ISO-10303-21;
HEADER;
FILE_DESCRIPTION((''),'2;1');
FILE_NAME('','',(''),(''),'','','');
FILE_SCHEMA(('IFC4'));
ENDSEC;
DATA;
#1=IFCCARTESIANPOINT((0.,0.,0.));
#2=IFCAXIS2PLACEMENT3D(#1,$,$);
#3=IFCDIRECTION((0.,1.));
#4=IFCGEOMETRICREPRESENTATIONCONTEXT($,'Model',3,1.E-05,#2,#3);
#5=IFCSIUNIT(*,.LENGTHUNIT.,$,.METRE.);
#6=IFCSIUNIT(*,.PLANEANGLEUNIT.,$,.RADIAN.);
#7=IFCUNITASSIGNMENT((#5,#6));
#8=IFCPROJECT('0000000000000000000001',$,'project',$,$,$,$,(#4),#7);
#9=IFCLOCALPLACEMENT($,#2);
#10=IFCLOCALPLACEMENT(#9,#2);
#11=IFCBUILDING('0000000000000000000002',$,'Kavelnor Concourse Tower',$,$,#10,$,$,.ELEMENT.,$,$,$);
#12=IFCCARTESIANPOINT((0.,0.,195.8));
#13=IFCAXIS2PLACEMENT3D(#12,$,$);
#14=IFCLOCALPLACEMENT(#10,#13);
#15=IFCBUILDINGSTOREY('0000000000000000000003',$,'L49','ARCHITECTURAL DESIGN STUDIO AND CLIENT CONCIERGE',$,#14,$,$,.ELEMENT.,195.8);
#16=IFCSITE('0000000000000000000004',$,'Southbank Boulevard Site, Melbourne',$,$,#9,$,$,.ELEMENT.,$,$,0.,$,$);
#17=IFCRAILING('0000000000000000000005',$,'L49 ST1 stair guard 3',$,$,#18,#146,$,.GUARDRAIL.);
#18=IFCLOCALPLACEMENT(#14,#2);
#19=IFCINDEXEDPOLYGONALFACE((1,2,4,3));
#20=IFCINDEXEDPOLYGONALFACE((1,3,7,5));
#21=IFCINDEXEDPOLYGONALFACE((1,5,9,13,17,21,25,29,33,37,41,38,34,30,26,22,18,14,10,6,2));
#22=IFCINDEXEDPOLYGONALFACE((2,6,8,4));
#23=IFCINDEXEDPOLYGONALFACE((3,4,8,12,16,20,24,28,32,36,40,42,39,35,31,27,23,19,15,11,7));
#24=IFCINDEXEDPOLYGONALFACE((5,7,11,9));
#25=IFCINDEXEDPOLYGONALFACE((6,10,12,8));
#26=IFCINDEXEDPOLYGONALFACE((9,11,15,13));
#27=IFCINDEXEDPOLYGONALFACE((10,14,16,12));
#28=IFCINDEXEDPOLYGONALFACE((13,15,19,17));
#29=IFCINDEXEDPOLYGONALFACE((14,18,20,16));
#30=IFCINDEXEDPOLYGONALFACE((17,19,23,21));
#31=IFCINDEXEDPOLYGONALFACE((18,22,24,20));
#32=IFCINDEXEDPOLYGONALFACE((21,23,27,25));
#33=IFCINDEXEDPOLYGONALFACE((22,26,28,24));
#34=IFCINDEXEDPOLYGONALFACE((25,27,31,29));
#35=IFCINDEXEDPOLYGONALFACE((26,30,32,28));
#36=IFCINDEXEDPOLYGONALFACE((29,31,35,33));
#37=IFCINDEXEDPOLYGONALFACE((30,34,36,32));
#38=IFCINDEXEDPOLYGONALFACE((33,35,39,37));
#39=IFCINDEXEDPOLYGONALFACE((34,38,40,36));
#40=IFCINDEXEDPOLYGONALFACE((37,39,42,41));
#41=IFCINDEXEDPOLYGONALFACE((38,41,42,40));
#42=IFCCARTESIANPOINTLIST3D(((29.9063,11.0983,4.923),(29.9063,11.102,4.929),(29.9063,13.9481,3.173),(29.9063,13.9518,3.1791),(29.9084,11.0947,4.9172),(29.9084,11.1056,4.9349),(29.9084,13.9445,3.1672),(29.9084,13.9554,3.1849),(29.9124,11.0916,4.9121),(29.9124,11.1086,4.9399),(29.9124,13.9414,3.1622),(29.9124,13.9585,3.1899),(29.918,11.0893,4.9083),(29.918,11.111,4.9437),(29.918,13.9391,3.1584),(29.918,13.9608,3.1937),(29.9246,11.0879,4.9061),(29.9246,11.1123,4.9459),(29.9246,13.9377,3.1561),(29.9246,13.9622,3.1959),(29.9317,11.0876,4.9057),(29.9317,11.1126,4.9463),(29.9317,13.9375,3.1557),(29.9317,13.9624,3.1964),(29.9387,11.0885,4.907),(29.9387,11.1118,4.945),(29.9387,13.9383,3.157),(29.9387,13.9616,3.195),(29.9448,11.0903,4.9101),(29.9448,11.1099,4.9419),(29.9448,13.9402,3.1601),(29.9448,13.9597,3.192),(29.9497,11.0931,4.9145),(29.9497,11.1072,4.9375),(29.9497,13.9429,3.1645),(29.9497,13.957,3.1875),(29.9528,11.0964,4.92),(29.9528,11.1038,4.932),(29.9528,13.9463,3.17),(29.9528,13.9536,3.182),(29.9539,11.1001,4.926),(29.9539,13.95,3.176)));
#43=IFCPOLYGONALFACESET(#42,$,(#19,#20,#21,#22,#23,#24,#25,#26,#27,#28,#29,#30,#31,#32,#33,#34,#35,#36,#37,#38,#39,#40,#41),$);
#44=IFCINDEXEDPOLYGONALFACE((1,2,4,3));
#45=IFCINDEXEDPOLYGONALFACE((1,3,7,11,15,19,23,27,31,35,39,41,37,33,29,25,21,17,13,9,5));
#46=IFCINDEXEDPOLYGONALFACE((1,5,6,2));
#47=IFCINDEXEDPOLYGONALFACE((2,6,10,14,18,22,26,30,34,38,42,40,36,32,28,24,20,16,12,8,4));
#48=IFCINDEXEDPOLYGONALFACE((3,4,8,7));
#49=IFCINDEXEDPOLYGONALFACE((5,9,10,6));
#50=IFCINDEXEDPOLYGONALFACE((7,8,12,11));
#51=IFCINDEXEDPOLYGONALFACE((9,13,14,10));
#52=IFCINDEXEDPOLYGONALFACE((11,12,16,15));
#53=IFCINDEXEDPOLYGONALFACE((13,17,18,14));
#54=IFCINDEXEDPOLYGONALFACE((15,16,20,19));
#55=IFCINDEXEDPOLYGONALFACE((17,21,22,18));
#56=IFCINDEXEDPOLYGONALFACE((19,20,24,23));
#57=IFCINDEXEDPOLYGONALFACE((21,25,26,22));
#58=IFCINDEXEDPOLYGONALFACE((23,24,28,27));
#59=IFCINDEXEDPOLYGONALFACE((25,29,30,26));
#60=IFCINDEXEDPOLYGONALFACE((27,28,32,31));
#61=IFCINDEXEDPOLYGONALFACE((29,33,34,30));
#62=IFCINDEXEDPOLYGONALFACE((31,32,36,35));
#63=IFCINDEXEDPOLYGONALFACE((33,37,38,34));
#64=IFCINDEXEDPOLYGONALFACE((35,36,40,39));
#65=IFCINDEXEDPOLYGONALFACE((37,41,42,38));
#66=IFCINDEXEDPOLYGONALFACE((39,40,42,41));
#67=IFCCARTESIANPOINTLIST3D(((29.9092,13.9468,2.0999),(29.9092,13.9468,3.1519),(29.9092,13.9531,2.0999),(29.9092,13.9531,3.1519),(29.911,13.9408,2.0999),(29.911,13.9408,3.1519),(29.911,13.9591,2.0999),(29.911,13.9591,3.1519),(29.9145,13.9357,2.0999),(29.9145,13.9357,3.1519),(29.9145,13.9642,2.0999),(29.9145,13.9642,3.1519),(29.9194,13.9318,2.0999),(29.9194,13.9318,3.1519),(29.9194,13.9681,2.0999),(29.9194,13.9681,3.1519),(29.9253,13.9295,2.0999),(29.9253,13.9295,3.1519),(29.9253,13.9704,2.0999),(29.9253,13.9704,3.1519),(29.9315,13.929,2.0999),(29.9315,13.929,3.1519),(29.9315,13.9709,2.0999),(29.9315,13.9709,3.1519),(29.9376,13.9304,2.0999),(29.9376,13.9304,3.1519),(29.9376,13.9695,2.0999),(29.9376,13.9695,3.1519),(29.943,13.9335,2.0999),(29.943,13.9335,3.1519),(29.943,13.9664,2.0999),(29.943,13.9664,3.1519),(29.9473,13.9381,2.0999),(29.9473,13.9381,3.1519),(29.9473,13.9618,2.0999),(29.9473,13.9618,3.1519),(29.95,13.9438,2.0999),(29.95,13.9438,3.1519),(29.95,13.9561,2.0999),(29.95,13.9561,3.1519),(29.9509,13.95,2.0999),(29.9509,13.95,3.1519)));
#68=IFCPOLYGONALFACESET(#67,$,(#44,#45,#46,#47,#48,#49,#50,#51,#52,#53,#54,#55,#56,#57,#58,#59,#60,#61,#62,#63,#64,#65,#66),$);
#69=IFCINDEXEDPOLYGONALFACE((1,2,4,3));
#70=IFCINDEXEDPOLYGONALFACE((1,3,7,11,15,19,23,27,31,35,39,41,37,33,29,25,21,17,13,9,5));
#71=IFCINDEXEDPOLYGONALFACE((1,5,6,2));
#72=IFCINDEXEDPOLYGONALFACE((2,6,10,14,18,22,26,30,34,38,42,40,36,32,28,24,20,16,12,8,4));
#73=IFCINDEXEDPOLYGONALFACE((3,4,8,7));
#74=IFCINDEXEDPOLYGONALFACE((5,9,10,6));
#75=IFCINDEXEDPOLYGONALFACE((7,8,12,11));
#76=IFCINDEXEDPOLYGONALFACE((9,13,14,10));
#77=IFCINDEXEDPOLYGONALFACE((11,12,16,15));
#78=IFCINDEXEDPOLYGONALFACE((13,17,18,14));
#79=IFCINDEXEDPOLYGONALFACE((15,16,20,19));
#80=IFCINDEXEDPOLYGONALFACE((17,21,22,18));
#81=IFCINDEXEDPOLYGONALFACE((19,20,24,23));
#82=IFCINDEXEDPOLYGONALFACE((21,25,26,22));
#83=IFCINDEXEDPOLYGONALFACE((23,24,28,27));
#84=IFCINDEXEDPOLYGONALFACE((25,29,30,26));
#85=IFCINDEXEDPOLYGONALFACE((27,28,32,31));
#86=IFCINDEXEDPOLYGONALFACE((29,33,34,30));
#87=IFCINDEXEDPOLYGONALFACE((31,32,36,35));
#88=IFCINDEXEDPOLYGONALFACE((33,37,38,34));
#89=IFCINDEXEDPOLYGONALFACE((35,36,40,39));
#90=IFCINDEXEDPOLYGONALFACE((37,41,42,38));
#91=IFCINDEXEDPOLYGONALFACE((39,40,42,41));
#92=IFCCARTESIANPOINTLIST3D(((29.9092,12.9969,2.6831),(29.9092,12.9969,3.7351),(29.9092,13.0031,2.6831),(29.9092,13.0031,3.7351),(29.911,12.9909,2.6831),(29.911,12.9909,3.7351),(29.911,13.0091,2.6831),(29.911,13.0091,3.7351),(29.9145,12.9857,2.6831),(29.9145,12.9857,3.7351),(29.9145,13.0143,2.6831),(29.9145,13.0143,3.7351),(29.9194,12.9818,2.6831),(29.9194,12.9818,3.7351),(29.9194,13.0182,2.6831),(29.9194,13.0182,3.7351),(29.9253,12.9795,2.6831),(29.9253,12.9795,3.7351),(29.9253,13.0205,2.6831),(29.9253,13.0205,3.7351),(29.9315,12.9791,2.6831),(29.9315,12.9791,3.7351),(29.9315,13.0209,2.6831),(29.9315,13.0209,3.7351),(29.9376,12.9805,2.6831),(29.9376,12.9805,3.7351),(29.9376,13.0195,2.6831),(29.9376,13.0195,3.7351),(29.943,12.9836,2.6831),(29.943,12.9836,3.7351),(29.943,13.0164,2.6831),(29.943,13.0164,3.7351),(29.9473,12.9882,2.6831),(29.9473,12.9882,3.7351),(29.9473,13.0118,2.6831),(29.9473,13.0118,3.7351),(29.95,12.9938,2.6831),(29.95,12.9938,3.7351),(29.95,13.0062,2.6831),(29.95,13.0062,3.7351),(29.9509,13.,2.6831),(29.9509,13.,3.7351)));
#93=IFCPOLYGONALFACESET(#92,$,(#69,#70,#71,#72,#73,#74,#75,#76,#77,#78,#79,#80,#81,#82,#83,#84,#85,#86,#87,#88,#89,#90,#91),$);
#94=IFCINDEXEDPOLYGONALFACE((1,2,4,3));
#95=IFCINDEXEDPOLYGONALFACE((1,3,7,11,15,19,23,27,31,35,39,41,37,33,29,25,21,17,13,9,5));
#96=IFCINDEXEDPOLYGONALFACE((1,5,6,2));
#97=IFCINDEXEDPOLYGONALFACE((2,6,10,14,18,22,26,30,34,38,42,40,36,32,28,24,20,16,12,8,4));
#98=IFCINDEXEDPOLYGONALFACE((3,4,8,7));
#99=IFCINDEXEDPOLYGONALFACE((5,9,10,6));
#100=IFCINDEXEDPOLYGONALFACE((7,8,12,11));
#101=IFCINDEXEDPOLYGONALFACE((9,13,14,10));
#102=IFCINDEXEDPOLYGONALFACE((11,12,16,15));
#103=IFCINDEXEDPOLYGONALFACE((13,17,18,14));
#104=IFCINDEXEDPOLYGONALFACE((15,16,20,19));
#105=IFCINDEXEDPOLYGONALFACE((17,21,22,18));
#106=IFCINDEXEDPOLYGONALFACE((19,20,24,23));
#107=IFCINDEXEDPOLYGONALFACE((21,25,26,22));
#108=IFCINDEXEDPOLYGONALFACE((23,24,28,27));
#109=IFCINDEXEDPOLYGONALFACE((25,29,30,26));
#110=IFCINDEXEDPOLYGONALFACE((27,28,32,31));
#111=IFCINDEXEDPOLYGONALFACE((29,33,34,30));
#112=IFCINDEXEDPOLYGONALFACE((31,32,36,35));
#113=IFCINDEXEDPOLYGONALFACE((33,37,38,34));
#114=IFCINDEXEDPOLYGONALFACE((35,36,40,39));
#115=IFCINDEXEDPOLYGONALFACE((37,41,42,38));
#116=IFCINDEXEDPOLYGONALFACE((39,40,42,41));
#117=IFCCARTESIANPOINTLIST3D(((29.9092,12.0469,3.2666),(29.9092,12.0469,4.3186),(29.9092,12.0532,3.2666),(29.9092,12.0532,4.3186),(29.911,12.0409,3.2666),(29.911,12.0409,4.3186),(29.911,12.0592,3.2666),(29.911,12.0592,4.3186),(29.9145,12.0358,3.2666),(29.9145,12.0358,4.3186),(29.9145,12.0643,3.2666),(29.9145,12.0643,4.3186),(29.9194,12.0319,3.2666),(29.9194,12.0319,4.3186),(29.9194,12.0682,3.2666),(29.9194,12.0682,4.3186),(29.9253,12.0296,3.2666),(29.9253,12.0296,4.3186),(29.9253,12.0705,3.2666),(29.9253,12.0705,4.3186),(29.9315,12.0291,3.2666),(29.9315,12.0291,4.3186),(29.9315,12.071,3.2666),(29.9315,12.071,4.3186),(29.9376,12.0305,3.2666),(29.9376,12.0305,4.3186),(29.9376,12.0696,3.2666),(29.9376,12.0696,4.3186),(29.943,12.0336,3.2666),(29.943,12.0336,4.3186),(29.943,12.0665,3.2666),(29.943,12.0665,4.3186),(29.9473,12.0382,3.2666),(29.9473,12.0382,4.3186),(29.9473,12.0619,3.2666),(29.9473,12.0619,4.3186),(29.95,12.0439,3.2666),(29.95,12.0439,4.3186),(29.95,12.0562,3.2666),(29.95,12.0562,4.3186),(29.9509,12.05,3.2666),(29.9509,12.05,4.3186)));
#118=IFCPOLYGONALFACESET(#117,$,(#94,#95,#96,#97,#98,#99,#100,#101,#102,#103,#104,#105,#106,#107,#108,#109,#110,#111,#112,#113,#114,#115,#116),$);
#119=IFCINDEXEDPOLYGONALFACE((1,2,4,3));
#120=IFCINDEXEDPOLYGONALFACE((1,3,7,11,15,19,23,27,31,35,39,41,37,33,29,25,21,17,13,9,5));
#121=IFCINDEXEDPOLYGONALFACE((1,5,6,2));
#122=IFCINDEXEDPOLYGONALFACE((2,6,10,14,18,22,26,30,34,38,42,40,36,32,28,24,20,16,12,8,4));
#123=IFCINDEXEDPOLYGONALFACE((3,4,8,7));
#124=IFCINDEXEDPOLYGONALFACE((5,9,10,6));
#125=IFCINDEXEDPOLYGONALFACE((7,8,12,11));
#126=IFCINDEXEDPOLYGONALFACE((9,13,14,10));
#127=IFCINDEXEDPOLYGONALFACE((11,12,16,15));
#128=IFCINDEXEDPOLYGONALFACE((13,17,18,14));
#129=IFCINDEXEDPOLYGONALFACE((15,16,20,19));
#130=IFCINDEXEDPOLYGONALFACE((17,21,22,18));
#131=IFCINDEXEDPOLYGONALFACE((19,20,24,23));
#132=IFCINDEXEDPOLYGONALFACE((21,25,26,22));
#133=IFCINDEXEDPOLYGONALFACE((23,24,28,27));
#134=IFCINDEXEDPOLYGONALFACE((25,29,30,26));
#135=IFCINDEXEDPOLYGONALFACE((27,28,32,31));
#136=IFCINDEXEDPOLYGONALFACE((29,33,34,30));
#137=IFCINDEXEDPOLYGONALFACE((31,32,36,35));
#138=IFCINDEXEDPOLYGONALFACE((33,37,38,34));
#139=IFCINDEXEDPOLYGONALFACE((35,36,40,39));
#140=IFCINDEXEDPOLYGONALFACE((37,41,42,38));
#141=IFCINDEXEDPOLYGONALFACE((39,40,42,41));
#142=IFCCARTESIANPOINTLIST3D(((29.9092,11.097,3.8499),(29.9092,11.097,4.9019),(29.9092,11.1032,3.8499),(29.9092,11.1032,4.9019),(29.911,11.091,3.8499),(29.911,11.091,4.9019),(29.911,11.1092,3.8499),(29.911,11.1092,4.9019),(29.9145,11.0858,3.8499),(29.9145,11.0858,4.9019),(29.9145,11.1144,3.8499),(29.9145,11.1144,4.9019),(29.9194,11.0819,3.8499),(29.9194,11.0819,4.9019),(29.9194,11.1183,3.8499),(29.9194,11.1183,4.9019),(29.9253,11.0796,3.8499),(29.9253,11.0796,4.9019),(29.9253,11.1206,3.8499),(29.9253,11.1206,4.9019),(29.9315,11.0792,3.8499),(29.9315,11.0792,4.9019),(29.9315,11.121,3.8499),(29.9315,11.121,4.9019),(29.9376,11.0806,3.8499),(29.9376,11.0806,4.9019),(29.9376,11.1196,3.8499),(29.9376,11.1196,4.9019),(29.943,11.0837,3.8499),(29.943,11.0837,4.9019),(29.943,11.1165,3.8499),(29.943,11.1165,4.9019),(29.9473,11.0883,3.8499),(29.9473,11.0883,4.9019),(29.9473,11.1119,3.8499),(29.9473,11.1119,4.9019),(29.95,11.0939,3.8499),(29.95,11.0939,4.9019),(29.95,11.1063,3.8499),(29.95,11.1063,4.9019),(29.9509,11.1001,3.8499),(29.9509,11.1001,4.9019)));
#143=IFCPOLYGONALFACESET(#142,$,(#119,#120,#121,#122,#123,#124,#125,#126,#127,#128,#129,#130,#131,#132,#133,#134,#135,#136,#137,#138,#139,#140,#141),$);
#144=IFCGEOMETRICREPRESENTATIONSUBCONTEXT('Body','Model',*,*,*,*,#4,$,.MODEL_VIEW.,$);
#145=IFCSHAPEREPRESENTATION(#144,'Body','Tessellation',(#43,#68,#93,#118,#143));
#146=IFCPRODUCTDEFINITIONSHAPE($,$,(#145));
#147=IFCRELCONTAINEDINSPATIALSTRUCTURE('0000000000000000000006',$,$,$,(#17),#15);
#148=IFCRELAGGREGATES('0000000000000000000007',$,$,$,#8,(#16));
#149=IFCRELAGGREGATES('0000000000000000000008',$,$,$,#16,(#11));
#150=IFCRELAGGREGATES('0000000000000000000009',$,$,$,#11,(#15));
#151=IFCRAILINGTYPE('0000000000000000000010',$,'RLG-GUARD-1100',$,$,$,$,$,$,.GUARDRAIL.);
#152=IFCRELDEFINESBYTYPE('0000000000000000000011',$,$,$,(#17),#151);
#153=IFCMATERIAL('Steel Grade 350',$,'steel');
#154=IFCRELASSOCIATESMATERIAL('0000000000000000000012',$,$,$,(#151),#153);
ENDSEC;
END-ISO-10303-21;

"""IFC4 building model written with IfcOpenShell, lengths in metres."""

from ifc_helpers import new_model, si_unit, direction, frame, origin, origin_2d, place, context, subcontext, project, spatial, circle, extrude, material, type_object, element, save


model = new_model("IFC4")

# Units and contexts
model_context = context("Model", 3, precision=1e-05, world=origin(), true_north=direction((0.0, 1.0)))
body_context = subcontext(model_context, "Body", "Model", "MODEL_VIEW")
ifc_project = project(units=[si_unit("LENGTHUNIT", "METRE"), si_unit("PLANEANGLEUNIT", "RADIAN")], contexts=[model_context])

# Site, building, storey
site_placement = place(None, origin())
site = spatial("IfcSite", under=ifc_project, at=site_placement, Name="Southbank Boulevard Site, Melbourne", CompositionType="ELEMENT", RefElevation=0.0)
building_placement = place(site_placement, origin())
building = spatial("IfcBuilding", under=site, at=building_placement, Name="Kavelnor Concourse Tower", CompositionType="ELEMENT")
storey_placement = place(building_placement, frame((0.0, 0.0, 195.8)))
storey = spatial("IfcBuildingStorey", under=building, at=storey_placement, Name="L49", Description="ARCHITECTURAL DESIGN STUDIO AND CLIENT CONCIERGE", CompositionType="ELEMENT", Elevation=195.8)

# Shared definitions
ifc_material_1 = material(Name="Steel Grade 350", Category="steel")

# Railing
railing_type_1 = type_object("IfcRailingType", Name="RLG-GUARD-1100", PredefinedType="GUARDRAIL", material=ifc_material_1)
railing_1_placement = place(storey_placement, frame((29.9299, 13.95, 2.0999)))
element("IfcRailing", 1, at=railing_1_placement, inside=storey, type_object=railing_type_1, Name="L49 ST1 stair guard 3", PredefinedType="GUARDRAIL", context=body_context, shape_type="SweptSolid", body=[
    extrude(circle(Radius=0.0239, at=origin_2d()), frame((0.0, 0.0, 1.0762), z_axis=(0.0, -0.852159, 0.523283), x_axis=(1.0, 0.0, 0.0)), (0.0, 0.0, 1.0), 3.3442),
    extrude(circle(Radius=0.021, at=origin_2d()), origin(), (0.0, 0.0, 1.0), 1.052),
    extrude(circle(Radius=0.021, at=origin_2d()), frame((0.0, -0.95, 0.5833)), (0.0, 0.0, 1.0), 1.052),
    extrude(circle(Radius=0.021, at=origin_2d()), frame((0.0, -1.8999, 1.1667)), (0.0, 0.0, 1.0), 1.052),
    extrude(circle(Radius=0.021, at=origin_2d()), frame((0.0, -2.8499, 1.75)), (0.0, 0.0, 1.0), 1.052),
])

save(model, "model.ifc")
